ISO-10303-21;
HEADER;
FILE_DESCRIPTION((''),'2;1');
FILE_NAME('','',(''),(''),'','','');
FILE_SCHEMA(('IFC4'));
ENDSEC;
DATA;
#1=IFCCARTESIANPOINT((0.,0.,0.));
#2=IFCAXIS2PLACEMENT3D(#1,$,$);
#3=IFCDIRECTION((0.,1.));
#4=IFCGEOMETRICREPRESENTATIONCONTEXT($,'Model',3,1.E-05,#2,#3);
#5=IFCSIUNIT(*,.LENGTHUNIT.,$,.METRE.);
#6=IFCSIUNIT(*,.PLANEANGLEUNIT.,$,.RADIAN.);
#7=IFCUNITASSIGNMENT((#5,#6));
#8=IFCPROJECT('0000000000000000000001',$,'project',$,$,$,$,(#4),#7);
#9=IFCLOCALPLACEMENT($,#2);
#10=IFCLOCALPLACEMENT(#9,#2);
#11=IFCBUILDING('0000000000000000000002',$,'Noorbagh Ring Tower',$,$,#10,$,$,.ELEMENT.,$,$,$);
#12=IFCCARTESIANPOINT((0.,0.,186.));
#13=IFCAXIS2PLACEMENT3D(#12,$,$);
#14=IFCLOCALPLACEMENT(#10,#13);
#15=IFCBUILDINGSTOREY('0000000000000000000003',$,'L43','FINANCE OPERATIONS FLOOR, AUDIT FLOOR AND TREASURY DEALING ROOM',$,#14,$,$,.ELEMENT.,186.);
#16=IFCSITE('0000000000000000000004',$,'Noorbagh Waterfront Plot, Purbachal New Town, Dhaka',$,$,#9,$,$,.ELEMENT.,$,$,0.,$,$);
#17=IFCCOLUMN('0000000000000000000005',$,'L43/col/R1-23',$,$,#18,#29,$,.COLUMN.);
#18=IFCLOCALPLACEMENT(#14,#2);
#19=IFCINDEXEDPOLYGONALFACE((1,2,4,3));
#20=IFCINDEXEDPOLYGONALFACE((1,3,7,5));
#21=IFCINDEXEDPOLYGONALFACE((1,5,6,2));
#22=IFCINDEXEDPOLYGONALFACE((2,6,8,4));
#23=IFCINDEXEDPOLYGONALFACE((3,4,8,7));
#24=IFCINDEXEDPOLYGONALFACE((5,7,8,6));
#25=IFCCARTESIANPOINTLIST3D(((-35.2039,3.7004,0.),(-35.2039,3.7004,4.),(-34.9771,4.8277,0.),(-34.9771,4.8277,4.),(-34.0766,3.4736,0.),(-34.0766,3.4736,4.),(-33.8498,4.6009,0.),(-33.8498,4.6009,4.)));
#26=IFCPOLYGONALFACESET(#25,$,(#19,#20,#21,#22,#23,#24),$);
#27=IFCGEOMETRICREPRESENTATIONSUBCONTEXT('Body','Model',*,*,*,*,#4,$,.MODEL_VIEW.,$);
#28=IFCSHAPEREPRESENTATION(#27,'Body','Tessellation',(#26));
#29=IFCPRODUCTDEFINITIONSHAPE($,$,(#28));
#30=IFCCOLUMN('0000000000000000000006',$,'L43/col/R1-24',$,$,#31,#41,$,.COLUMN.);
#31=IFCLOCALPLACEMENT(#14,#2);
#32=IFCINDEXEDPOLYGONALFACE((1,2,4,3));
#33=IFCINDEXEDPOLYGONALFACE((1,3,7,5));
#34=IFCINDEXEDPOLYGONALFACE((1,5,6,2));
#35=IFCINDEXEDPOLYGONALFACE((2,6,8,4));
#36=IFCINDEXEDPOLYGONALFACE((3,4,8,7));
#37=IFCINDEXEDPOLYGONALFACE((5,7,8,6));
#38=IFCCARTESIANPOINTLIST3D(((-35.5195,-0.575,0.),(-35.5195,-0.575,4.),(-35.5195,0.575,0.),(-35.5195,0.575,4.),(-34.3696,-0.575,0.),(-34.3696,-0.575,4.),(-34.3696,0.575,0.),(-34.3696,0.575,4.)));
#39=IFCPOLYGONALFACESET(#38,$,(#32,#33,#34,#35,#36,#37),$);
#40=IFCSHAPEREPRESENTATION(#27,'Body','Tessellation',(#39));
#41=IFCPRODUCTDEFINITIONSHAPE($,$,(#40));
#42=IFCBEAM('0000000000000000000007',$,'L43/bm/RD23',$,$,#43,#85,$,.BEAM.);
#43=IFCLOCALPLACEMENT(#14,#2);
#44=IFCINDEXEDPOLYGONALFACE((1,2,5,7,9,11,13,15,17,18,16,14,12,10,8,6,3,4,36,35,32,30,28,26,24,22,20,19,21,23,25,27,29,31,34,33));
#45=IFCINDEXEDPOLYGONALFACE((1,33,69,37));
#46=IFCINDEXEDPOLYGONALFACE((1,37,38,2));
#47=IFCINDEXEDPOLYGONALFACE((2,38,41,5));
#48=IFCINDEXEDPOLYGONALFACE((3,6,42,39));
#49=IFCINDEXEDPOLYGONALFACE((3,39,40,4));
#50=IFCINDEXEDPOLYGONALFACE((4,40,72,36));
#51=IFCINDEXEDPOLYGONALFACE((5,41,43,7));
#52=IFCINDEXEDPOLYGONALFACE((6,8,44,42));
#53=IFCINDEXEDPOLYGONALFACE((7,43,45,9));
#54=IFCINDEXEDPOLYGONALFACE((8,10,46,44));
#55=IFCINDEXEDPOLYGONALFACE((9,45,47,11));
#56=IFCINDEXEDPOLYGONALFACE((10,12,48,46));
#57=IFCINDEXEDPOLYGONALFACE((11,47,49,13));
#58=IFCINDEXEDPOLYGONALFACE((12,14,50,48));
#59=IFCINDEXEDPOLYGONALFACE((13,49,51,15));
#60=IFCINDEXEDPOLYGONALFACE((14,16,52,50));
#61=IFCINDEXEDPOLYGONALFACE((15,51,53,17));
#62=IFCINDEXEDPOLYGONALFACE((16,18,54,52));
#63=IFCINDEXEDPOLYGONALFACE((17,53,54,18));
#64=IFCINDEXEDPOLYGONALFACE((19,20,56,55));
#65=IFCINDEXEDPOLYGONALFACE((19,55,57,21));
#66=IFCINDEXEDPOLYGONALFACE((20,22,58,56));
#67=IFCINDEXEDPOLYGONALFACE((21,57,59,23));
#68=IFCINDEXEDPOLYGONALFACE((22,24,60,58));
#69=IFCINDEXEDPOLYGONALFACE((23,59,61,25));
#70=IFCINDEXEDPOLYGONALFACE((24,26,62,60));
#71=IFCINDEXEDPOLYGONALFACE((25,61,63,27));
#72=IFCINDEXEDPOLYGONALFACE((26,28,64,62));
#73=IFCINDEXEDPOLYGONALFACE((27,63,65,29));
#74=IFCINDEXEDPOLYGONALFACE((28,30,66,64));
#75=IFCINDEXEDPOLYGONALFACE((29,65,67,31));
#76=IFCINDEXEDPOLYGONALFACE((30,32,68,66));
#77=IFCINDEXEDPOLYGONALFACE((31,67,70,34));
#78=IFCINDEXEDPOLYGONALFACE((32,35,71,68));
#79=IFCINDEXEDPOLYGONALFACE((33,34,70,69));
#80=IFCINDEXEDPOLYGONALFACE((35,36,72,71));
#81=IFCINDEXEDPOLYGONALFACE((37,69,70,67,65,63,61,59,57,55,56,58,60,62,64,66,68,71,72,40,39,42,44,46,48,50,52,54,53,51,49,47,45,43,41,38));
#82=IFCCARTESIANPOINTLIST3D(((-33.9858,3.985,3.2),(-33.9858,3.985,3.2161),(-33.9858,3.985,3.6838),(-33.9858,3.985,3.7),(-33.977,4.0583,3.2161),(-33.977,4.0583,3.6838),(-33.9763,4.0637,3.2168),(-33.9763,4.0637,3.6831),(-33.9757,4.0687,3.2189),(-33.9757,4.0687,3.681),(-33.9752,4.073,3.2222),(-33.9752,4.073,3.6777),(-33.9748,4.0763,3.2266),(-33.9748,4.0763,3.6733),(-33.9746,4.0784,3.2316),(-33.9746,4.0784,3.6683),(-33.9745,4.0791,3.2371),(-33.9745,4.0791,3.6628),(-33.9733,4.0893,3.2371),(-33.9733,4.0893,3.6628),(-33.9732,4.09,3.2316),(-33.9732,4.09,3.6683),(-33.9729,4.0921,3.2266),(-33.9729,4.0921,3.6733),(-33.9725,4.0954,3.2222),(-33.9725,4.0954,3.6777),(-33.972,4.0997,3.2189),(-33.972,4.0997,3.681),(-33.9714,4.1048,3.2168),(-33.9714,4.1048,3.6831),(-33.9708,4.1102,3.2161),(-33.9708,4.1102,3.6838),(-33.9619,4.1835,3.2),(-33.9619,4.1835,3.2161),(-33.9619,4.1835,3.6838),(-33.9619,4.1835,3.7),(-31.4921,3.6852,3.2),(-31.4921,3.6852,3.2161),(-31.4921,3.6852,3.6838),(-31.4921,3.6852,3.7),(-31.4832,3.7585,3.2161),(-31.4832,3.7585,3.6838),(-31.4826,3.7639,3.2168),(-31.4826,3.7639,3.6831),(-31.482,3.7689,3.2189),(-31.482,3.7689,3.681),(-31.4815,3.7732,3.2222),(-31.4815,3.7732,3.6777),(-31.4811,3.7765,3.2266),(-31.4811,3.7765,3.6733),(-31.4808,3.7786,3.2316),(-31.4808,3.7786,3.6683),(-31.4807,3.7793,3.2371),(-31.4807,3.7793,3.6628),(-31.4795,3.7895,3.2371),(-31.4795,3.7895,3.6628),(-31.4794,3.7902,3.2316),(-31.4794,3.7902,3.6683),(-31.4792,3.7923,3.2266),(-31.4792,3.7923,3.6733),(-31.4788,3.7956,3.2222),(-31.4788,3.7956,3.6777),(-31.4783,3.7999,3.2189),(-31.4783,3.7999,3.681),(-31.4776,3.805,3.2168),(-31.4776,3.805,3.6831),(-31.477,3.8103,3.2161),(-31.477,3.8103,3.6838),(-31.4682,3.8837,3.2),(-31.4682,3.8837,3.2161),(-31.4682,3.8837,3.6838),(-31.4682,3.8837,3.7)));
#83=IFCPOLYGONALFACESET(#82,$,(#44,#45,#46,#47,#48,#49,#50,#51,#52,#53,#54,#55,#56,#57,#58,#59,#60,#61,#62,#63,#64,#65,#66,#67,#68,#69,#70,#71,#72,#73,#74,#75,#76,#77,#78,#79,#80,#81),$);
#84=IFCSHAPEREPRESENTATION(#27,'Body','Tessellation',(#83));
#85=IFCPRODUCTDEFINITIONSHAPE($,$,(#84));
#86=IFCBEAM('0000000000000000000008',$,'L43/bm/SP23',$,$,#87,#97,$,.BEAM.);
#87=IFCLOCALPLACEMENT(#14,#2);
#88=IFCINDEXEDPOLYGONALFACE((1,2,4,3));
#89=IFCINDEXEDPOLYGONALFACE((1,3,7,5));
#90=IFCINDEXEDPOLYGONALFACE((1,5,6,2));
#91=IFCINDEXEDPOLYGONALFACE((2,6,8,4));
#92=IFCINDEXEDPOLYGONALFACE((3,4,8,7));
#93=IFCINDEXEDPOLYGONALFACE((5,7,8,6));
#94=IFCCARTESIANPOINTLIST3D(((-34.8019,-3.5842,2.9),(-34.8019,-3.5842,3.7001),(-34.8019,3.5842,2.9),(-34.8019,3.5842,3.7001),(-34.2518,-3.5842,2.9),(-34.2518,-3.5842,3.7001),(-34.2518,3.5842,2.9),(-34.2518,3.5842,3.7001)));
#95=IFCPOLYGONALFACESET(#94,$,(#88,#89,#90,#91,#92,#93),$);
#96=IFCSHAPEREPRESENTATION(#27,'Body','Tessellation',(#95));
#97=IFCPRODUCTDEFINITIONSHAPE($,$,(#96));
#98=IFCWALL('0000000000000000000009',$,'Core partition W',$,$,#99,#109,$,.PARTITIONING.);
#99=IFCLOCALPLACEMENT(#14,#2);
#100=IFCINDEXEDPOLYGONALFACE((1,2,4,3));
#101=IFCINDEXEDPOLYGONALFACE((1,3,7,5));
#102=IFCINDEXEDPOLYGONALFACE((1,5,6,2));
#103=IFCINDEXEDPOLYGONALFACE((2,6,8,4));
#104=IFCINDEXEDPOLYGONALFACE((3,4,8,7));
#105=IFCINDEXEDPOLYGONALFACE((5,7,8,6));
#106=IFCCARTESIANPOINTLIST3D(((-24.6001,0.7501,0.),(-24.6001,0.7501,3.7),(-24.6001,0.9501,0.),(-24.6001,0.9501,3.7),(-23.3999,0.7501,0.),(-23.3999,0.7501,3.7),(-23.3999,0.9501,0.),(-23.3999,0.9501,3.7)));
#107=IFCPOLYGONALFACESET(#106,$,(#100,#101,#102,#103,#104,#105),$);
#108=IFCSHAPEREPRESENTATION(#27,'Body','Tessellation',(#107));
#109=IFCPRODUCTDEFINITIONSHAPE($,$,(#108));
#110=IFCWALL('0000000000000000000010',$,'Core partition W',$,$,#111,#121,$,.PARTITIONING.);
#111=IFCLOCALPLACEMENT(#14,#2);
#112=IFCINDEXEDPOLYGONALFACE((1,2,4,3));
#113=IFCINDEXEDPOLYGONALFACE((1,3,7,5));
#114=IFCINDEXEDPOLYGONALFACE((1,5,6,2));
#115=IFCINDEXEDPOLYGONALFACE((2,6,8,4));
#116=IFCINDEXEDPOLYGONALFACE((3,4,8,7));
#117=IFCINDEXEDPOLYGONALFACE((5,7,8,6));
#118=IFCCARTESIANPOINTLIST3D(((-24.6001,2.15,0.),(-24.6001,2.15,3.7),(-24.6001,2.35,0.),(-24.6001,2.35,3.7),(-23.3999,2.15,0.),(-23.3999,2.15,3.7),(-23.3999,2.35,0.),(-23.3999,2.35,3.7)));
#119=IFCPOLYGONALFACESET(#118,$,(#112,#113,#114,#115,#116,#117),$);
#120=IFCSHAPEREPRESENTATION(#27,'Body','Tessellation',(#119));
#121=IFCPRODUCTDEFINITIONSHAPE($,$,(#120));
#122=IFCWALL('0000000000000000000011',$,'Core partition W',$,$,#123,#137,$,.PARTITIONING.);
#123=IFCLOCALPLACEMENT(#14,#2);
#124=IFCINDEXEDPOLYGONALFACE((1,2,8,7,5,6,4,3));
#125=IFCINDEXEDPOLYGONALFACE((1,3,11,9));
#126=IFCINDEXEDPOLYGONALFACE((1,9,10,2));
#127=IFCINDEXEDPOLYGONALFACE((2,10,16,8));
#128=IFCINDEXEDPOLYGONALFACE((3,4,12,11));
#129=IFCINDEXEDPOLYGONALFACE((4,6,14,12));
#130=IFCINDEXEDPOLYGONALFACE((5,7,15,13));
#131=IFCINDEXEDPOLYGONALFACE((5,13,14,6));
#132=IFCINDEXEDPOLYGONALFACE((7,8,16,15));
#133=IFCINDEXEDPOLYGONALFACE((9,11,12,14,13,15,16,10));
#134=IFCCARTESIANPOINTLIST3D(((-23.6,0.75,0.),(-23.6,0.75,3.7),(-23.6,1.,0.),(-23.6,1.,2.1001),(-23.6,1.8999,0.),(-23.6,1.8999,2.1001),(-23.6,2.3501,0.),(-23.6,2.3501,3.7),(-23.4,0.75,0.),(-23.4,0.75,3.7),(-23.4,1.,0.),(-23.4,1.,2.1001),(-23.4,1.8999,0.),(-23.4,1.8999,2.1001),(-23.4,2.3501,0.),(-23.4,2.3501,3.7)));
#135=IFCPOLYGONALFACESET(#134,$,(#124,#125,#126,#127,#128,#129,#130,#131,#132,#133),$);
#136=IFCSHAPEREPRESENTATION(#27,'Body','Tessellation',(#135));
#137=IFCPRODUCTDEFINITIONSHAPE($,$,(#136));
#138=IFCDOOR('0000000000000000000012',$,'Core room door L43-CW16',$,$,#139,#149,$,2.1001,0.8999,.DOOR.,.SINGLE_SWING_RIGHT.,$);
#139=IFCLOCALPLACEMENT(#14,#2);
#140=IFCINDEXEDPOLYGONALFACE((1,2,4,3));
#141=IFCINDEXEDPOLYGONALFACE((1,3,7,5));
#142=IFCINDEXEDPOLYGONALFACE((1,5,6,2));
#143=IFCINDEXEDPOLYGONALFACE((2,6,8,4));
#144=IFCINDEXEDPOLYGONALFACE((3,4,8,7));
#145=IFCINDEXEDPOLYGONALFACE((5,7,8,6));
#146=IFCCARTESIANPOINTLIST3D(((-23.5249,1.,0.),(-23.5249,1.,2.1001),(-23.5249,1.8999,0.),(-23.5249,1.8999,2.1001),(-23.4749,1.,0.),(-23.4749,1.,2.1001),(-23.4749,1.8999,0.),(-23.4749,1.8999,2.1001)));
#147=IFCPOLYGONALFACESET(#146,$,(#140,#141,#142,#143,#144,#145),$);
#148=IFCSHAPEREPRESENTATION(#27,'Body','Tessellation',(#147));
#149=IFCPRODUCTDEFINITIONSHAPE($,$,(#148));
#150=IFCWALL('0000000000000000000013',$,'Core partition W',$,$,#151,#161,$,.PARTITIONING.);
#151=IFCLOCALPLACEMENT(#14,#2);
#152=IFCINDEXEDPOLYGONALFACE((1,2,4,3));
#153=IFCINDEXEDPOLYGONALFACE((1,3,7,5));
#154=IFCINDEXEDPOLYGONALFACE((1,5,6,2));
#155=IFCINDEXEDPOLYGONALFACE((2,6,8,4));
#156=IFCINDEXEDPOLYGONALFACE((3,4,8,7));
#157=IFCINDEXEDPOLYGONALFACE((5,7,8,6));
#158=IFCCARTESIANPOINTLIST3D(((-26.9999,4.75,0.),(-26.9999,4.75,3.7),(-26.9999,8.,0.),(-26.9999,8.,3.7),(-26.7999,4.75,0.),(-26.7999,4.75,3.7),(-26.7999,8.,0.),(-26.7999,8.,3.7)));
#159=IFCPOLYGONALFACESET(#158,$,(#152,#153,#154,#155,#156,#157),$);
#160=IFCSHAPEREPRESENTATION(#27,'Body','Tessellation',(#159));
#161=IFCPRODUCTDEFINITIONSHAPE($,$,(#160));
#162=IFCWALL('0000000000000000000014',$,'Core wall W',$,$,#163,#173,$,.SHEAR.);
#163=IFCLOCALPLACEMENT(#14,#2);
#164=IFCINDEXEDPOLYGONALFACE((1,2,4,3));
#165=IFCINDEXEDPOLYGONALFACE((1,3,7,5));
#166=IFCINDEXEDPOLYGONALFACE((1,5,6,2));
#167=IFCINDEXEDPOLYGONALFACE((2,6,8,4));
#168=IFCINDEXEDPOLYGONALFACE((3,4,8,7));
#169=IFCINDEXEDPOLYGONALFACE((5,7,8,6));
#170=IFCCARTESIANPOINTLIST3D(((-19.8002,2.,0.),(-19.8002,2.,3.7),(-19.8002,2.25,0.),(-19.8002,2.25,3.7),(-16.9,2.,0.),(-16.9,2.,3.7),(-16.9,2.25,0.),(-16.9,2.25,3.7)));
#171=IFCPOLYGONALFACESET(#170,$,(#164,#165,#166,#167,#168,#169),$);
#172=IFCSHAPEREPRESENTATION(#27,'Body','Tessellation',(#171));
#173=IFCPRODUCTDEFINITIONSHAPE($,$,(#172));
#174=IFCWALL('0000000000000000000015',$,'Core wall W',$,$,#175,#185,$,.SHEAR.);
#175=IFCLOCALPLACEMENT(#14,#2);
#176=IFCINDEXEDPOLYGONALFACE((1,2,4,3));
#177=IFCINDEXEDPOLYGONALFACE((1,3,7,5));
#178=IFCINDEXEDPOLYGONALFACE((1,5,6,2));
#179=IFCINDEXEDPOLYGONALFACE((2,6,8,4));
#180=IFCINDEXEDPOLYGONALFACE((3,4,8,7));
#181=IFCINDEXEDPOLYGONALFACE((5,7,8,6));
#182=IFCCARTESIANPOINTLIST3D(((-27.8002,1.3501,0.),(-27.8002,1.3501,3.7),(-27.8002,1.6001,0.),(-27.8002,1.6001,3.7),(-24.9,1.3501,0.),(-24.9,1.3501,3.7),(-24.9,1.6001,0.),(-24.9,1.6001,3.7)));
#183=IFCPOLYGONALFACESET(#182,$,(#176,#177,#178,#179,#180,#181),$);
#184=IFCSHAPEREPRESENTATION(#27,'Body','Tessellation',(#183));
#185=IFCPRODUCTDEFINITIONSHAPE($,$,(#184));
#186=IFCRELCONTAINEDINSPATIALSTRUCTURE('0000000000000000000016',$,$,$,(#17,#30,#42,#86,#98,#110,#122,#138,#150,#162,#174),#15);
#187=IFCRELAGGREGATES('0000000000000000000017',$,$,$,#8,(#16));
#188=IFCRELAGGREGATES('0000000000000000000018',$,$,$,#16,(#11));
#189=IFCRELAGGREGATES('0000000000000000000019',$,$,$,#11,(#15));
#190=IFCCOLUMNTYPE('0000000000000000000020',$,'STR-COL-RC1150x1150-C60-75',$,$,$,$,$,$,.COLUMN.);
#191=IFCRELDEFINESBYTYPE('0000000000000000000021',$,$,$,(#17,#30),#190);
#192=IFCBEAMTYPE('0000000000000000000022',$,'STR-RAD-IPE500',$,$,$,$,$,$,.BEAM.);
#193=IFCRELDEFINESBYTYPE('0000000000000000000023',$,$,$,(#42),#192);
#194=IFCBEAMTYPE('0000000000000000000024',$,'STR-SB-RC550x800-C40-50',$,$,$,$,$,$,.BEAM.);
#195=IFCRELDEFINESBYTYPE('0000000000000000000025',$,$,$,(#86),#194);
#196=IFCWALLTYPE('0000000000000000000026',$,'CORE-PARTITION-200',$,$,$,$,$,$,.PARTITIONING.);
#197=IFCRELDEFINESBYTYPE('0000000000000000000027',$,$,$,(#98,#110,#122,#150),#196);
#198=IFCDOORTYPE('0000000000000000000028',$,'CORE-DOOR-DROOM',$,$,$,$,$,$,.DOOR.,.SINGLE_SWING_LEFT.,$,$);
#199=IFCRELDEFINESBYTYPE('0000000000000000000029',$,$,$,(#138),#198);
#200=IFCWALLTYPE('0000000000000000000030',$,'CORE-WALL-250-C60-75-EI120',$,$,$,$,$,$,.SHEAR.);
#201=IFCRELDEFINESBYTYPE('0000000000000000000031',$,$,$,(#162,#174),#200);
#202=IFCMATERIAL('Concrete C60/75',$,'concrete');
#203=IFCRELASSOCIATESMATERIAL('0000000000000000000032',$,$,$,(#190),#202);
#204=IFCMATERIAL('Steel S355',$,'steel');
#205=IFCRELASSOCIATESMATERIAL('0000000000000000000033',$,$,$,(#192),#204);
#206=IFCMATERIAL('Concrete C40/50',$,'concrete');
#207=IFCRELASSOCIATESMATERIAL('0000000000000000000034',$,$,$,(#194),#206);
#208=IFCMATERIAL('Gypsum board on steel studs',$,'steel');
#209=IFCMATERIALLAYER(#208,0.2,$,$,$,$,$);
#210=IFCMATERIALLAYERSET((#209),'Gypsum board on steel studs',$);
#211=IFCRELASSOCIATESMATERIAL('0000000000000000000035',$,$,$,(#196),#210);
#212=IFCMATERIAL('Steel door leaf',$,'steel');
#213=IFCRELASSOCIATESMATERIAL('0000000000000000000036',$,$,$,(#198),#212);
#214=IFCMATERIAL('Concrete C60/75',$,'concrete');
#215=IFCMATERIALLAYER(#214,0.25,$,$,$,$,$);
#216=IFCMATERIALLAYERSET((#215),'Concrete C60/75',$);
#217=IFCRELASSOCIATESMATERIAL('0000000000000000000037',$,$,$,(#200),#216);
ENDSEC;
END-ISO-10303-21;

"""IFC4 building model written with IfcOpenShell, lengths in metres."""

from ifc_helpers import new_model, si_unit, direction, frame, frame_2d, origin, origin_2d, place, context, subcontext, project, spatial, rectangle, i_section, extrude, material, layer, layer_set, material_profile, profile_set, type_object, element, fill, save


model = new_model("IFC4")

# Units and contexts
model_context = context("Model", 3, precision=1e-05, world=origin(), true_north=direction((0.0, 1.0)))
body_context = subcontext(model_context, "Body", "Model", "MODEL_VIEW")
ifc_project = project(units=[si_unit("LENGTHUNIT", "METRE"), si_unit("PLANEANGLEUNIT", "RADIAN")], contexts=[model_context])

# Site, building, storey
site_placement = place(None, origin())
site = spatial("IfcSite", under=ifc_project, at=site_placement, Name="Noorbagh Waterfront Plot, Purbachal New Town, Dhaka", CompositionType="ELEMENT", RefElevation=0.0)
building_placement = place(site_placement, origin())
building = spatial("IfcBuilding", under=site, at=building_placement, Name="Noorbagh Ring Tower", CompositionType="ELEMENT")
storey_placement = place(building_placement, frame((0.0, 0.0, 186.0)))
storey = spatial("IfcBuildingStorey", under=building, at=storey_placement, Name="L43", Description="FINANCE OPERATIONS FLOOR, AUDIT FLOOR AND TREASURY DEALING ROOM", CompositionType="ELEMENT", Elevation=186.0)

# Columns
ifc_material_1 = material(Name="Concrete C60/75", Category="concrete")
ifc_material_profile_1 = material_profile(ifc_material_1, rectangle(XDim=1.1499, YDim=1.1499, at=origin_2d()), Name="RC1150x1150")
ifc_profile_set_1 = profile_set([ifc_material_profile_1], Name="Concrete C60/75")
column_type = type_object("IfcColumnType", Name="STR-COL-RC1150x1150-C60-75", PredefinedType="COLUMN", material=ifc_profile_set_1)
for number, where, z_axis, x_axis, name in (
    (1, (-34.5269, 4.1506, 0.0), (0.0, 0.0, 1.0), (-0.19723, -0.980357, 0.0), "L43/col/R1-23"),
    (2, (-34.9446, 0.0, 0.0), (0.0, 0.0, 1.0), (0.0, -1.0, 0.0), "L43/col/R1-24"),
):
    element("IfcColumn", number, at=place(storey_placement, frame(where, z_axis=z_axis, x_axis=x_axis)), inside=storey, type_object=column_type, Name=name, PredefinedType="COLUMN", context=body_context, shape_type="SweptSolid", body=[
        extrude(rectangle(XDim=1.1499, YDim=1.1499, at=origin_2d()), origin(), (0.0, 0.0, 1.0), 4.0),
    ])

# Beams
ifc_material_2 = material(Name="Steel S355", Category="steel")
ifc_material_profile_2 = material_profile(ifc_material_2, i_section(OverallWidth=0.2, OverallDepth=0.5, WebThickness=0.0103, FlangeThickness=0.0161, FilletRadius=0.021, at=origin_2d()), Name="IPE500")
ifc_profile_set_2 = profile_set([ifc_material_profile_2], Name="Steel S355")
beam_type_1 = type_object("IfcBeamType", Name="STR-RAD-IPE500", PredefinedType="BEAM", material=ifc_profile_set_2)
beam_1_placement = place(storey_placement, frame((-33.9739, 4.0842, 3.45), z_axis=(0.99285, -0.119368, 0.0), x_axis=(0.119368, 0.99285, 0.0)))
element("IfcBeam", 3, at=beam_1_placement, inside=storey, type_object=beam_type_1, Name="L43/bm/RD23", PredefinedType="BEAM", context=body_context, shape_type="SweptSolid", body=[
    extrude(i_section(OverallWidth=0.2, OverallDepth=0.5, WebThickness=0.0103, FlangeThickness=0.0161, FilletRadius=0.021, at=origin_2d()), origin(), (0.0, 0.0, 1.0), 2.5117),
])
ifc_material_3 = material(Name="Concrete C40/50", Category="concrete")
ifc_material_profile_3 = material_profile(ifc_material_3, rectangle(XDim=0.55, YDim=0.8, at=origin_2d()), Name="RC550x800")
ifc_profile_set_3 = profile_set([ifc_material_profile_3], Name="Concrete C40/50")
beam_type_2 = type_object("IfcBeamType", Name="STR-SB-RC550x800-C40-50", PredefinedType="BEAM", material=ifc_profile_set_3)
beam_2_placement = place(storey_placement, frame((-34.5269, 3.5842, 3.3), z_axis=(0.0, -1.0, 0.0), x_axis=(1.0, 0.0, 0.0)))
element("IfcBeam", 4, at=beam_2_placement, inside=storey, type_object=beam_type_2, Name="L43/bm/SP23", PredefinedType="BEAM", context=body_context, shape_type="SweptSolid", body=[
    extrude(rectangle(XDim=0.55, YDim=0.8, at=origin_2d()), origin(), (0.0, 0.0, 1.0), 7.1685),
])

# Walls
ifc_material_4 = material(Name="Gypsum board on steel studs", Category="steel")
ifc_layer_1 = layer(ifc_material_4, 0.2)
ifc_layer_set_1 = layer_set([ifc_layer_1], Name="Gypsum board on steel studs")
wall_type_1 = type_object("IfcWallType", Name="CORE-PARTITION-200", PredefinedType="PARTITIONING", material=ifc_layer_set_1)
for number, where, z_axis, x_axis, name in (
    (5, (-23.3999, 0.8501, 0.0), (0.0, 0.0, 1.0), (-1.0, 0.0, 0.0), "Core partition W"),
    (6, (-23.3999, 2.25, 0.0), (0.0, 0.0, 1.0), (-1.0, 0.0, 0.0), "Core partition W"),
):
    element("IfcWall", number, at=place(storey_placement, frame(where, z_axis=z_axis, x_axis=x_axis)), inside=storey, type_object=wall_type_1, Name=name, PredefinedType="PARTITIONING", context=body_context, shape_type="SweptSolid", body=[
        extrude(rectangle(XDim=1.2002, YDim=0.2, at=frame_2d((0.6001, 0.0))), origin(), (0.0, 0.0, 1.0), 3.7),
    ])

# Wall, opening, door
wall_1_placement = place(storey_placement, frame((-23.5, 0.75, 0.0), z_axis=(0.0, 0.0, 1.0), x_axis=(0.0, 1.0, 0.0)))
wall_1 = element("IfcWall", 7, at=wall_1_placement, inside=storey, type_object=wall_type_1, Name="Core partition W", PredefinedType="PARTITIONING", context=body_context, shape_type="SweptSolid", body=[
    extrude(rectangle(XDim=1.6001, YDim=0.2, at=frame_2d((0.8, 0.0))), origin(), (0.0, 0.0, 1.0), 3.7),
])
opening_1_placement = place(wall_1_placement, frame((0.25, 0.0, 0.0)))
opening_1 = element("IfcOpeningElement", 8, at=opening_1_placement, cuts=wall_1, PredefinedType="OPENING", context=body_context, shape_type="SweptSolid", body=[
    extrude(rectangle(XDim=0.8999, YDim=2.1001, at=frame_2d((0.45, 1.05))), frame((0.0, 0.1099, 0.0), z_axis=(0.0, -1.0, 0.0), x_axis=(1.0, 0.0, 0.0)), (0.0, 0.0, 1.0), 0.22),
])
ifc_material_5 = material(Name="Steel door leaf", Category="steel")
door_type_1 = type_object("IfcDoorType", Name="CORE-DOOR-DROOM", OperationType="SINGLE_SWING_LEFT", PredefinedType="DOOR", material=ifc_material_5)
door_1_placement = place(opening_1_placement, origin())
door_1 = element("IfcDoor", 9, at=door_1_placement, inside=storey, type_object=door_type_1, Name="Core room door L43-CW16", OperationType="SINGLE_SWING_RIGHT", OverallHeight=2.1001, OverallWidth=0.8999, PredefinedType="DOOR", context=body_context, shape_type="SweptSolid", body=[
    extrude(rectangle(XDim=0.8999, YDim=2.1001, at=frame_2d((0.45, 1.05))), frame((0.0, 0.0249, 0.0), z_axis=(0.0, -1.0, 0.0), x_axis=(1.0, 0.0, 0.0)), (0.0, 0.0, 1.0), 0.05),
])
fill(opening_1, door_1)

# Walls
wall_2_placement = place(storey_placement, frame((-26.8999, 4.75, 0.0), z_axis=(0.0, 0.0, 1.0), x_axis=(0.0, 1.0, 0.0)))
element("IfcWall", 10, at=wall_2_placement, inside=storey, type_object=wall_type_1, Name="Core partition W", PredefinedType="PARTITIONING", context=body_context, shape_type="SweptSolid", body=[
    extrude(rectangle(XDim=3.25, YDim=0.2, at=frame_2d((1.625, 0.0))), origin(), (0.0, 0.0, 1.0), 3.7),
])
ifc_material_6 = material(Name="Concrete C60/75", Category="concrete")
ifc_layer_2 = layer(ifc_material_6, 0.25)
ifc_layer_set_2 = layer_set([ifc_layer_2], Name="Concrete C60/75")
wall_type_2 = type_object("IfcWallType", Name="CORE-WALL-250-C60-75-EI120", PredefinedType="SHEAR", material=ifc_layer_set_2)
for number, where, z_axis, x_axis, name in (
    (11, (-16.8999, 2.125, 0.0), (0.0, 0.0, 1.0), (-1.0, 0.0, 0.0), "Core wall W"),
    (12, (-24.8999, 1.4751, 0.0), (0.0, 0.0, 1.0), (-1.0, 0.0, 0.0), "Core wall W"),
):
    element("IfcWall", number, at=place(storey_placement, frame(where, z_axis=z_axis, x_axis=x_axis)), inside=storey, type_object=wall_type_2, Name=name, PredefinedType="SHEAR", context=body_context, shape_type="SweptSolid", body=[
        extrude(rectangle(XDim=2.9001, YDim=0.25, at=frame_2d((1.4502, 0.0))), origin(), (0.0, 0.0, 1.0), 3.7),
    ])

save(model, "model.ifc")
